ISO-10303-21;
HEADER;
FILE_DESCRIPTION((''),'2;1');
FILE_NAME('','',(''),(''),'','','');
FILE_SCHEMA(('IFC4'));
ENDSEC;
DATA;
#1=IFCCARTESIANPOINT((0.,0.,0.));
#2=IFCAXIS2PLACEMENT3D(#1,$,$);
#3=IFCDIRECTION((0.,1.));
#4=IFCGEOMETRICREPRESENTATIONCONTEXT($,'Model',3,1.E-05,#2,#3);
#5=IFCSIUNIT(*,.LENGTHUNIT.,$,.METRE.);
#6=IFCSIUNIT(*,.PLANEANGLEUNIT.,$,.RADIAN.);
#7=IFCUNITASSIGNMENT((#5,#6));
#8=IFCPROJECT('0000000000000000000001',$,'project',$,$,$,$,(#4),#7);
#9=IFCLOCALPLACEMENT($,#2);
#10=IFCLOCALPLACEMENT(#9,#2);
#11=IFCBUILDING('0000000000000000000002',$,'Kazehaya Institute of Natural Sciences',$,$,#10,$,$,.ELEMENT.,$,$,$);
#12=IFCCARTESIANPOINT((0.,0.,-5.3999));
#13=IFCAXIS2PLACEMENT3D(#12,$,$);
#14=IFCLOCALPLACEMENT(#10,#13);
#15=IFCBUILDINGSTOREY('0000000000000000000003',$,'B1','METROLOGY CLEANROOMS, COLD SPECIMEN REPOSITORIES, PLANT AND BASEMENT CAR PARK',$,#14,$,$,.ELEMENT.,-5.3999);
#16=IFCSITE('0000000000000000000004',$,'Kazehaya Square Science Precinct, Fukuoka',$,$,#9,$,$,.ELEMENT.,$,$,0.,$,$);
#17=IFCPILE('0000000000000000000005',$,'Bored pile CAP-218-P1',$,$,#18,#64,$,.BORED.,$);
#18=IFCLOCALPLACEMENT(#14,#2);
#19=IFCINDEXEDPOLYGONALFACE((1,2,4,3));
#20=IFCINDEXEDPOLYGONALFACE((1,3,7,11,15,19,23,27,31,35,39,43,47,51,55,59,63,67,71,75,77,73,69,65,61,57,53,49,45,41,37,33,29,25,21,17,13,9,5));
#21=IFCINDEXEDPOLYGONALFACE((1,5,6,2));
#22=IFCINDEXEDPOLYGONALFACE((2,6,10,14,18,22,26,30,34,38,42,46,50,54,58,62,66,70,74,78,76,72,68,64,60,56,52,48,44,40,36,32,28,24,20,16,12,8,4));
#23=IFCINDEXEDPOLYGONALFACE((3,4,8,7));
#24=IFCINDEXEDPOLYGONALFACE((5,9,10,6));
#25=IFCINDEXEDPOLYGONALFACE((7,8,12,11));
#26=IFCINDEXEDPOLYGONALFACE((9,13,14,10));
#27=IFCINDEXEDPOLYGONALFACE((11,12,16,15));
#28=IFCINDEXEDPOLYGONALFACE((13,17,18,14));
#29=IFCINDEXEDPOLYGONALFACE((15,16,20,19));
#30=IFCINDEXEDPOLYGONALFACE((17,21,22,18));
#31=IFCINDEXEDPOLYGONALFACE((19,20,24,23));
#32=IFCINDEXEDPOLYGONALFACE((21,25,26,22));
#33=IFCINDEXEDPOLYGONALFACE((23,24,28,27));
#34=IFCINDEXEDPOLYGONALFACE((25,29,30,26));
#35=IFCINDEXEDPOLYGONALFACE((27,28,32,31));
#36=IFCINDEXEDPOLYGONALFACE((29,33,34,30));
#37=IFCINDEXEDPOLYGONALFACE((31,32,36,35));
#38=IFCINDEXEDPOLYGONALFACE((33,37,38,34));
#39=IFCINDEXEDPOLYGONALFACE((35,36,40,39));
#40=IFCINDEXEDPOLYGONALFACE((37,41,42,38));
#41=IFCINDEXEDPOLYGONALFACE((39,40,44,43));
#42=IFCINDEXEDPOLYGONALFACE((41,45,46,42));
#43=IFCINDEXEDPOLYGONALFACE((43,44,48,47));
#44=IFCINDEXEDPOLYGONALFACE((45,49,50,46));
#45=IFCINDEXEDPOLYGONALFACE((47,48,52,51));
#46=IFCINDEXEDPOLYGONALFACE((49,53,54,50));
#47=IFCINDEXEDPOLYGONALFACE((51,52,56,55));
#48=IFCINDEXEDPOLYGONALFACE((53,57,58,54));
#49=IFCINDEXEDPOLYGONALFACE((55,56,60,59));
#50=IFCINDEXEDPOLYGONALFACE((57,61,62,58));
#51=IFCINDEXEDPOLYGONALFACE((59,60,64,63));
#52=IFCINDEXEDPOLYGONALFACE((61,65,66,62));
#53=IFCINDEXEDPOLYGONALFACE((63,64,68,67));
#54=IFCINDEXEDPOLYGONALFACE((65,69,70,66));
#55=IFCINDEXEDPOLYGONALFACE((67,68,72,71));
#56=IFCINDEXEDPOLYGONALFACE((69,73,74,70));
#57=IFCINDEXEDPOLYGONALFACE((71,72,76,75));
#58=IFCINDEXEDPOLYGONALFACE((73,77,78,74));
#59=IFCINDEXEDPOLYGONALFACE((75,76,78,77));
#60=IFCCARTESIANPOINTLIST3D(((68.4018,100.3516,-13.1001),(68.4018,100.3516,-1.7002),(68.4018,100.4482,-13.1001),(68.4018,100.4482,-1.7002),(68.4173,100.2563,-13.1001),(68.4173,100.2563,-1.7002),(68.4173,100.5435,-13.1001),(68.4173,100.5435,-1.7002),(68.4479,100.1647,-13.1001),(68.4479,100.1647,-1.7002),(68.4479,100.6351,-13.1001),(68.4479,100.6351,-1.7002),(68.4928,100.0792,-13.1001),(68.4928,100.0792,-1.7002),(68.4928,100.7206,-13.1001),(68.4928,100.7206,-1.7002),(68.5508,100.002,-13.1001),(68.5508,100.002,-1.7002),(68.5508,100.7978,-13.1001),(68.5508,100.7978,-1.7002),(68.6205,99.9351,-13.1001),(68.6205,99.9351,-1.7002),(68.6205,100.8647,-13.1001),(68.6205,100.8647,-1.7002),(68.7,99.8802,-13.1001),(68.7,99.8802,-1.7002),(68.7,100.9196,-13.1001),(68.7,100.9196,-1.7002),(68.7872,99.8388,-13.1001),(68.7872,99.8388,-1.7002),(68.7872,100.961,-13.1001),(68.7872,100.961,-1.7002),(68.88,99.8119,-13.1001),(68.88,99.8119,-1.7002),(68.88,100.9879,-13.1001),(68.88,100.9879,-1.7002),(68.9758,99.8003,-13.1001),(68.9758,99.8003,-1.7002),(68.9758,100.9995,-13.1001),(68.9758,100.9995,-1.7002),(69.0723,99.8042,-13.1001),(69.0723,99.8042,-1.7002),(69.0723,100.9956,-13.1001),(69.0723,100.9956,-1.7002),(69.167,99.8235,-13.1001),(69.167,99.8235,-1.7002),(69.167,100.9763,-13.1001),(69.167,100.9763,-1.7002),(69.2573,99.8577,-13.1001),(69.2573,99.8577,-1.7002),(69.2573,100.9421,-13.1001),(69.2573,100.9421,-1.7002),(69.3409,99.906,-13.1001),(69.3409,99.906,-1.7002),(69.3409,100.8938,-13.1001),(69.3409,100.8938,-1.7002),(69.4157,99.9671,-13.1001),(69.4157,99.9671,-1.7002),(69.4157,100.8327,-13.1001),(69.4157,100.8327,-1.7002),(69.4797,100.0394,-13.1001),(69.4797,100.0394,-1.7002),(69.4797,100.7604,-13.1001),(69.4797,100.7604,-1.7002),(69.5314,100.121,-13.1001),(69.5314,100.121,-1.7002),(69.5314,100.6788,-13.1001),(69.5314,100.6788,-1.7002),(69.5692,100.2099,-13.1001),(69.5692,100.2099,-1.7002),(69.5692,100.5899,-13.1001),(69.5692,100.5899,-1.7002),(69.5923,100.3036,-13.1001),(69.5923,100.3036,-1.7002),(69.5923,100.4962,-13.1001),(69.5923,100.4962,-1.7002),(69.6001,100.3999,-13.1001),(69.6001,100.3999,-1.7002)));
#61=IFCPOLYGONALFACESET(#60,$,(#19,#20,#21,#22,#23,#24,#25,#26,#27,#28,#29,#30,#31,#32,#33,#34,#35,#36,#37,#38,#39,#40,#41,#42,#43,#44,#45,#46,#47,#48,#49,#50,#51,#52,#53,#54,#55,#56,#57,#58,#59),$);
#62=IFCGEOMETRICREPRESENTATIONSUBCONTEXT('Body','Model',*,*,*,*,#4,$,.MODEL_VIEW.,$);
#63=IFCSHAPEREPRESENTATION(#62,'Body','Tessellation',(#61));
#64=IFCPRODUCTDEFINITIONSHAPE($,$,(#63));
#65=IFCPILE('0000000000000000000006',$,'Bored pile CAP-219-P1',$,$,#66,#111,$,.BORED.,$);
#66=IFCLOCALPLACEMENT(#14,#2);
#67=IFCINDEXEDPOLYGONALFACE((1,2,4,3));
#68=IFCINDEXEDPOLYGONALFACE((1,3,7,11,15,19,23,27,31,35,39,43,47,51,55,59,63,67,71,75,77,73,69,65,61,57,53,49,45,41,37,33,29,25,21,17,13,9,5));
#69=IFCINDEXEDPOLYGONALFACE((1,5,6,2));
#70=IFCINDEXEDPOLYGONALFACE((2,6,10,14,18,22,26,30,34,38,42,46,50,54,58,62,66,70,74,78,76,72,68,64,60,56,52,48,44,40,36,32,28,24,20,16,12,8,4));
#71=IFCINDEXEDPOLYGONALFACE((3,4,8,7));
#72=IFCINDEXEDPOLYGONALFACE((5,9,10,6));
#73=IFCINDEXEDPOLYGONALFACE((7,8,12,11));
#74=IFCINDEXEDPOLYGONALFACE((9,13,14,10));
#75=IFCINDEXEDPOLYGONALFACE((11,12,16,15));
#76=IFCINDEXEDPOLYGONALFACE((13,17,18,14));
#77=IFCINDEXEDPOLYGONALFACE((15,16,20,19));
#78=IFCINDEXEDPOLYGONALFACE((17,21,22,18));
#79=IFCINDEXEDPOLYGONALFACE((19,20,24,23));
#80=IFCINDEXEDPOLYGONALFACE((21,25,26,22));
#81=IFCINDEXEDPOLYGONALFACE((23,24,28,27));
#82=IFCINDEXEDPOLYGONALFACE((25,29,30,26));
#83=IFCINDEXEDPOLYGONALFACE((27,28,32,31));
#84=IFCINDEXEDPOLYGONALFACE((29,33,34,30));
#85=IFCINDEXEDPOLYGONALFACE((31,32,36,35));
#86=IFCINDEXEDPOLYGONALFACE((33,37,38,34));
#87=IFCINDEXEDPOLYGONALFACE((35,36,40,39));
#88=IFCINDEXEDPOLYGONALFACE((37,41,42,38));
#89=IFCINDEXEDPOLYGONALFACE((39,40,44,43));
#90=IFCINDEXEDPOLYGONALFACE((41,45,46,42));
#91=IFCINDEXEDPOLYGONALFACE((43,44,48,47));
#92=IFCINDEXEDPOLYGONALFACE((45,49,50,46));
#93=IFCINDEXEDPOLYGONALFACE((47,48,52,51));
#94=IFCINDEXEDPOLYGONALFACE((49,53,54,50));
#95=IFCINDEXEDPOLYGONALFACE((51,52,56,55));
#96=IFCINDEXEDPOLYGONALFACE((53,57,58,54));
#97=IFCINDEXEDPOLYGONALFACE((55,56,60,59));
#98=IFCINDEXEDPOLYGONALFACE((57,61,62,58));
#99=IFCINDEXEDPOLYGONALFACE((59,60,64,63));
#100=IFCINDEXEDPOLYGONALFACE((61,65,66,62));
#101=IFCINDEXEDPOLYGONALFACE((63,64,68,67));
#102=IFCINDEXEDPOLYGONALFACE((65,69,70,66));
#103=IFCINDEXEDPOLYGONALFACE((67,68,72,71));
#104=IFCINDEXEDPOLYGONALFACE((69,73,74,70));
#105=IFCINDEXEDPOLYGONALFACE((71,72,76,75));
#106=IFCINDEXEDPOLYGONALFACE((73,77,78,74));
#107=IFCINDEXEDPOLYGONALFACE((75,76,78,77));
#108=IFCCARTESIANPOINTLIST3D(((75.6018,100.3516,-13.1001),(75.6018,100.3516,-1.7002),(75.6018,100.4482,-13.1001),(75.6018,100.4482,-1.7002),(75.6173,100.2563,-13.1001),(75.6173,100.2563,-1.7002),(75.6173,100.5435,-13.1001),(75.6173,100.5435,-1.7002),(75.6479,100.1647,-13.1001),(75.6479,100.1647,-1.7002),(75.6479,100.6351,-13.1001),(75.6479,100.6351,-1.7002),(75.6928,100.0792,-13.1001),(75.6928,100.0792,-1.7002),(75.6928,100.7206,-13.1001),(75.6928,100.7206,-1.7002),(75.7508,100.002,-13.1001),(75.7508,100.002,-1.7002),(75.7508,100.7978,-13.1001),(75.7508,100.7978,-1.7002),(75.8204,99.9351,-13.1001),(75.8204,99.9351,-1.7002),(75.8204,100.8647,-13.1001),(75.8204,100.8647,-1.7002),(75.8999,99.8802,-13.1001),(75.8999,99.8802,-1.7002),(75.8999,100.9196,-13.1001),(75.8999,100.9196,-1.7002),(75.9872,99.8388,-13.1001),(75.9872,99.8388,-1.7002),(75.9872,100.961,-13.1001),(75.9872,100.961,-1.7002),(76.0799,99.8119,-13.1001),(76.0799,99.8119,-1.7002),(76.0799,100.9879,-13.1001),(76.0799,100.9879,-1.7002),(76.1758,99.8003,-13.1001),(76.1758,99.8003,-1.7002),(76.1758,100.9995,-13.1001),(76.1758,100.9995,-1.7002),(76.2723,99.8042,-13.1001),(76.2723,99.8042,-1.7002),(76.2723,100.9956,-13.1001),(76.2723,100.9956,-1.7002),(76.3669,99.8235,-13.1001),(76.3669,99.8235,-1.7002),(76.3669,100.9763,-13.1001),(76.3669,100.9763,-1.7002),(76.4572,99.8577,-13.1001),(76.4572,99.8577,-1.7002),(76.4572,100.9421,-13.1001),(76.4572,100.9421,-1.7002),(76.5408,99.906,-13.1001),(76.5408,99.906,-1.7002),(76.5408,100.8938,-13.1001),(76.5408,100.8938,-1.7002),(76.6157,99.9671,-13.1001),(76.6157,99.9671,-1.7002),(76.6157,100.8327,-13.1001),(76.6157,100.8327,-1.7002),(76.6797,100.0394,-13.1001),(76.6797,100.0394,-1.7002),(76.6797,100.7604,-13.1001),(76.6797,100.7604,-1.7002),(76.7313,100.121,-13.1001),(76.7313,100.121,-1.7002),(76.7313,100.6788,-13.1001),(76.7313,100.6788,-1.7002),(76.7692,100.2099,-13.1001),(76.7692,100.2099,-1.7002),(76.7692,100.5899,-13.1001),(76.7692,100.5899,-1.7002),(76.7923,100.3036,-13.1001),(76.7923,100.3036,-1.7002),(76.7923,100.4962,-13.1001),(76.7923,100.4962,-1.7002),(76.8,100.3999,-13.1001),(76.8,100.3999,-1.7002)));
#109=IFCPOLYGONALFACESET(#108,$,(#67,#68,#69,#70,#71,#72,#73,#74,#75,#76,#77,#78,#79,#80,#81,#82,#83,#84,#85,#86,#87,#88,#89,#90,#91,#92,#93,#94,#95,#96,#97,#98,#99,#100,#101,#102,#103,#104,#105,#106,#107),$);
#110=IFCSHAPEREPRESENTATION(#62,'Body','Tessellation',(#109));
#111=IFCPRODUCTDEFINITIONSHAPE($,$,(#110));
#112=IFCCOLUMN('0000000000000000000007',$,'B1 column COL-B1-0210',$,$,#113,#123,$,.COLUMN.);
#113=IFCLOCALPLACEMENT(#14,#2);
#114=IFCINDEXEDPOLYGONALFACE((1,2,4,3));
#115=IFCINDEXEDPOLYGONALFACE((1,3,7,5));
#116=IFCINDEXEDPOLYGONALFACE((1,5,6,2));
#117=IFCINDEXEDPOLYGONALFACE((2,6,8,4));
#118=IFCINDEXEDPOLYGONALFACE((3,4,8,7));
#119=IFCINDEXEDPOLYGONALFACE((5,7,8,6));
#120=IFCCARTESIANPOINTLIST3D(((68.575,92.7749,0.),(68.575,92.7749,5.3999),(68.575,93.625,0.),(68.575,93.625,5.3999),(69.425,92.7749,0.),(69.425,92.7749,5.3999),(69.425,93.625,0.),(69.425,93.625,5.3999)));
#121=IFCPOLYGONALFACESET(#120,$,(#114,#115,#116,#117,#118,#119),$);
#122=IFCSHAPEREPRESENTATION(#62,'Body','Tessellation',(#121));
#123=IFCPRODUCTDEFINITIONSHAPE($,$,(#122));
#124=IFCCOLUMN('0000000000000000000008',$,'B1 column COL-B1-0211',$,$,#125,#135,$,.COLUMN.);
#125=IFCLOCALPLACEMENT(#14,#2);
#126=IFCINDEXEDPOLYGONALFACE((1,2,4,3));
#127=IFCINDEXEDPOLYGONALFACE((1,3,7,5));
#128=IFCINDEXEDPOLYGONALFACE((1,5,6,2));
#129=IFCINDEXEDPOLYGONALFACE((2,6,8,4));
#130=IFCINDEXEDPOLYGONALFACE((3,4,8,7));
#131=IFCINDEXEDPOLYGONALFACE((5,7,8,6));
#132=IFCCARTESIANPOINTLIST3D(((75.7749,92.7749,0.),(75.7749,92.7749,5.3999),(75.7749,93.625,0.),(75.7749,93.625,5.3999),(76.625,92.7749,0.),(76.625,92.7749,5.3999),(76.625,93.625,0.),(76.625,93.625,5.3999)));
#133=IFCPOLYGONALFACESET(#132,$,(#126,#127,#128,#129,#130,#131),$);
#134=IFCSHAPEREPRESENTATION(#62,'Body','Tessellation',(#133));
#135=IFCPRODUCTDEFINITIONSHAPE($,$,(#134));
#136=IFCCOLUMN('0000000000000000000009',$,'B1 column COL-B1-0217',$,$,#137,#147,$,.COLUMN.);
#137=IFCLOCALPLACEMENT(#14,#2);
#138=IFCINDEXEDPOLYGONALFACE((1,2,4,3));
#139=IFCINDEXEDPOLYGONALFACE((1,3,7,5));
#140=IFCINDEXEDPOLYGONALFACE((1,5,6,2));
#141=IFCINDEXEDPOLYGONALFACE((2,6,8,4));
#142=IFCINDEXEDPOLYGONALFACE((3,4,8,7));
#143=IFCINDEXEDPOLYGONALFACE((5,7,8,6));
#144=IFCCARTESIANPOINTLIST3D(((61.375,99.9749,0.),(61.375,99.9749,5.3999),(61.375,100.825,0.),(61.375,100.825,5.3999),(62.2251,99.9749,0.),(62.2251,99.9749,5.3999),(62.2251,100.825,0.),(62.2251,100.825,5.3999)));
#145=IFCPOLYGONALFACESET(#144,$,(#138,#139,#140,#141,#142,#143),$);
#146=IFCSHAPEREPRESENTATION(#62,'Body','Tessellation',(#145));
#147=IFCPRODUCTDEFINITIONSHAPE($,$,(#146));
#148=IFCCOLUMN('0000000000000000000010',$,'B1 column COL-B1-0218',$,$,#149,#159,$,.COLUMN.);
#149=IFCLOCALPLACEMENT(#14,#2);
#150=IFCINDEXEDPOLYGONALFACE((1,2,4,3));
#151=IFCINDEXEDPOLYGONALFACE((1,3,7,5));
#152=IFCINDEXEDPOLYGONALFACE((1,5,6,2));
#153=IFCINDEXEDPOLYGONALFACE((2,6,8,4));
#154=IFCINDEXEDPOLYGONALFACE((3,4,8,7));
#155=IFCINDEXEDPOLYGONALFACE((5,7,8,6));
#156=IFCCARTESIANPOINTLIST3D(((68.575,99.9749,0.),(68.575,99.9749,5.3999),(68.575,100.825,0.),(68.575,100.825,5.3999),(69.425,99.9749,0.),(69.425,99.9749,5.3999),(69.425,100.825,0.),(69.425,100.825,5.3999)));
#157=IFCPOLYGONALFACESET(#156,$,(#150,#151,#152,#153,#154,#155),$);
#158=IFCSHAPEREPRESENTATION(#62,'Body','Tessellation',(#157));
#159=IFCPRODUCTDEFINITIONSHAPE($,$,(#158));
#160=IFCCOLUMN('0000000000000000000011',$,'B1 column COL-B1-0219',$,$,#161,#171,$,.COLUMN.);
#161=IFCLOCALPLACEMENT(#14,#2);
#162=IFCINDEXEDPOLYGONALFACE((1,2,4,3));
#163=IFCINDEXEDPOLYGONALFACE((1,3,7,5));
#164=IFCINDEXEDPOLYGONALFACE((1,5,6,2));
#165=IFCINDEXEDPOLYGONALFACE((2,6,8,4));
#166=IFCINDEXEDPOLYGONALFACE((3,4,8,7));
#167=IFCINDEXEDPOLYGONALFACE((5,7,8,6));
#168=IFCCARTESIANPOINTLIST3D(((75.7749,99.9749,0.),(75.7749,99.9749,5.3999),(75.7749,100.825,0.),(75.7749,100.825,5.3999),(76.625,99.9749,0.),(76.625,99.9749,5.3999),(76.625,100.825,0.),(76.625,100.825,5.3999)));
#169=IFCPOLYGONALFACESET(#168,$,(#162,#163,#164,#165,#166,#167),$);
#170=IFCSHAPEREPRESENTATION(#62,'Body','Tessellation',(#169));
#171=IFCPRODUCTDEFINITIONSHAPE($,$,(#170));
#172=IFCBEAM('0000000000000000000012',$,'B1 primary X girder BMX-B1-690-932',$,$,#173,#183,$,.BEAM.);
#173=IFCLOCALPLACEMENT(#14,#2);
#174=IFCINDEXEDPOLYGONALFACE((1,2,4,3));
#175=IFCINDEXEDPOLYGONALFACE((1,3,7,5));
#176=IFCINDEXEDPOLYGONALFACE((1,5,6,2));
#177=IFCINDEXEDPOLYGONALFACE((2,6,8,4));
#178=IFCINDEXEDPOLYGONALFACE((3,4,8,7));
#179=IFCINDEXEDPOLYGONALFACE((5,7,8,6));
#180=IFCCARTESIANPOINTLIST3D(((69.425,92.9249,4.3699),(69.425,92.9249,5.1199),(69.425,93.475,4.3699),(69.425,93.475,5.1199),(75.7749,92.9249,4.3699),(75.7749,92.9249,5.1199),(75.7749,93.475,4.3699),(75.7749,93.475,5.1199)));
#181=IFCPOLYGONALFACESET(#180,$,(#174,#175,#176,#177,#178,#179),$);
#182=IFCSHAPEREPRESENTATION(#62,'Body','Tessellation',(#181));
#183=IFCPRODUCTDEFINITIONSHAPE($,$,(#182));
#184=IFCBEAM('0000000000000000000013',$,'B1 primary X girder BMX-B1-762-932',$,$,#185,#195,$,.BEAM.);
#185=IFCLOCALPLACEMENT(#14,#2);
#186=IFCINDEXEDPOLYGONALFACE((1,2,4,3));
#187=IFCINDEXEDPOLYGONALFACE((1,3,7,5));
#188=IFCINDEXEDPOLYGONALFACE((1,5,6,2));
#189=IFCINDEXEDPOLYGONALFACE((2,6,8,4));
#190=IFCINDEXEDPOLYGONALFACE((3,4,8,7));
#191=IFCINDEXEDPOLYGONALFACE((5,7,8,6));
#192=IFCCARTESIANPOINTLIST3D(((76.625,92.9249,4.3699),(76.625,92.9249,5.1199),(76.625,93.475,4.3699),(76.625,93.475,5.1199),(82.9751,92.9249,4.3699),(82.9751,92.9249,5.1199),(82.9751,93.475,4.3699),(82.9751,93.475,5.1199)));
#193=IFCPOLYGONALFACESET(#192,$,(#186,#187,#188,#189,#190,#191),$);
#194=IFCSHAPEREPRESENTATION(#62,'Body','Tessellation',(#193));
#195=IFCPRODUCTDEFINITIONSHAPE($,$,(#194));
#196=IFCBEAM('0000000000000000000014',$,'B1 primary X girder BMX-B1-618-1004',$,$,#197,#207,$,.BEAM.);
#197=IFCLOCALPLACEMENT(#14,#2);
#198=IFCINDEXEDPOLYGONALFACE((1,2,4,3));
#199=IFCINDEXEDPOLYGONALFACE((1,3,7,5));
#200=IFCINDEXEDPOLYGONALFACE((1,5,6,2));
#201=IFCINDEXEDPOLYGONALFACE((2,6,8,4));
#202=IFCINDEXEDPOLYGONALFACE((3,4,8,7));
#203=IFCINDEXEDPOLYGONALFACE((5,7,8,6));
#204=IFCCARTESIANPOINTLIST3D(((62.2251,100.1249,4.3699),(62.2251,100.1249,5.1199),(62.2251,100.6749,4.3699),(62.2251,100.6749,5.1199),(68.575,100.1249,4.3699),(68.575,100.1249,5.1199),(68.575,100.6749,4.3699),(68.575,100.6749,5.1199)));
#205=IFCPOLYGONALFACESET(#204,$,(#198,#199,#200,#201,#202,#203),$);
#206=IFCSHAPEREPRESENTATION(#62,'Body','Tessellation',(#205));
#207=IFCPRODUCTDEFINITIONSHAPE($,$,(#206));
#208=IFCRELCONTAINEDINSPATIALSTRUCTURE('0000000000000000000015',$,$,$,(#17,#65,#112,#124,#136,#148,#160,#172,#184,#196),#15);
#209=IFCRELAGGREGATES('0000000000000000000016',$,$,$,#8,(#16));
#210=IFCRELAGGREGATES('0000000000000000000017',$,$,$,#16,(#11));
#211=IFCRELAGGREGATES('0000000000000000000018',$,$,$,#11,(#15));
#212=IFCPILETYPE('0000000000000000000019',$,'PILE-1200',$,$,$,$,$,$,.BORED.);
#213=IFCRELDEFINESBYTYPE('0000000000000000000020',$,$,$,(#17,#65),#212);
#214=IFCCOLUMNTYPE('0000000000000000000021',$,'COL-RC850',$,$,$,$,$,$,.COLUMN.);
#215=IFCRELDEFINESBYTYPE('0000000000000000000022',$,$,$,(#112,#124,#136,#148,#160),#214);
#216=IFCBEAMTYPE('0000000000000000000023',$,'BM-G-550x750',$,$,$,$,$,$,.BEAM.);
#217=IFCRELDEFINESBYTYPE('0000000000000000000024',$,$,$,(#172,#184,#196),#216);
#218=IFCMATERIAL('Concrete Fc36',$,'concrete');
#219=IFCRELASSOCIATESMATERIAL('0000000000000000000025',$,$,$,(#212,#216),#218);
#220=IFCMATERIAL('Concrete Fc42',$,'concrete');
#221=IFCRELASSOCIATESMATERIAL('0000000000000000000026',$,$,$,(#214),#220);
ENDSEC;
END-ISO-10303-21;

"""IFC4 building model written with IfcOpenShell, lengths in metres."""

from ifc_helpers import new_model, si_unit, direction, frame, origin, origin_2d, place, context, subcontext, project, spatial, rectangle, circle, extrude, material, material_profile, profile_set, type_object, element, save


model = new_model("IFC4")

# Units and contexts
model_context = context("Model", 3, precision=1e-05, world=origin(), true_north=direction((0.0, 1.0)))
body_context = subcontext(model_context, "Body", "Model", "MODEL_VIEW")
ifc_project = project(units=[si_unit("LENGTHUNIT", "METRE"), si_unit("PLANEANGLEUNIT", "RADIAN")], contexts=[model_context])

# Site, building, storey
site_placement = place(None, origin())
site = spatial("IfcSite", under=ifc_project, at=site_placement, Name="Kazehaya Square Science Precinct, Fukuoka", CompositionType="ELEMENT", RefElevation=0.0)
building_placement = place(site_placement, origin())
building = spatial("IfcBuilding", under=site, at=building_placement, Name="Kazehaya Institute of Natural Sciences", CompositionType="ELEMENT")
storey_placement = place(building_placement, frame((0.0, 0.0, -5.3999)))
storey = spatial("IfcBuildingStorey", under=building, at=storey_placement, Name="B1", Description="METROLOGY CLEANROOMS, COLD SPECIMEN REPOSITORIES, PLANT AND BASEMENT CAR PARK", CompositionType="ELEMENT", Elevation=-5.3999)

# Shared definitions
ifc_material_1 = material(Name="Concrete Fc36", Category="concrete")

# Piles
ifc_material_profile_1 = material_profile(ifc_material_1, circle(Radius=0.6001, at=origin_2d()), Name="PILE-1200")
ifc_profile_set_1 = profile_set([ifc_material_profile_1], Name="Concrete Fc36")
pile_type = type_object("IfcPileType", Name="PILE-1200", PredefinedType="BORED", material=ifc_profile_set_1)
for number, where, z_axis, x_axis, name in (
    (1, (69.0, 100.3999, -1.7002), (0.0, 0.0, -1.0), (1.0, 0.0, 0.0), "Bored pile CAP-218-P1"),
    (2, (76.2, 100.3999, -1.7002), (0.0, 0.0, -1.0), (1.0, 0.0, 0.0), "Bored pile CAP-219-P1"),
):
    element("IfcPile", number, at=place(storey_placement, frame(where, z_axis=z_axis, x_axis=x_axis)), inside=storey, type_object=pile_type, Name=name, PredefinedType="BORED", context=body_context, shape_type="SweptSolid", body=[
        extrude(circle(Radius=0.6001, at=origin_2d()), origin(), (0.0, 0.0, 1.0), 11.3999),
    ])

# Columns
ifc_material_2 = material(Name="Concrete Fc42", Category="concrete")
ifc_material_profile_2 = material_profile(ifc_material_2, rectangle(XDim=0.8501, YDim=0.8501, at=origin_2d()), Name="RC-850x850")
ifc_profile_set_2 = profile_set([ifc_material_profile_2], Name="Concrete Fc42")
column_type = type_object("IfcColumnType", Name="COL-RC850", PredefinedType="COLUMN", material=ifc_profile_set_2)
for number, where, z_axis, x_axis, name in (
    (3, (69.0, 93.2, 0.0), (0.0, 0.0, 1.0), (1.0, 0.0, 0.0), "B1 column COL-B1-0210"),
    (4, (76.2, 93.2, 0.0), (0.0, 0.0, 1.0), (1.0, 0.0, 0.0), "B1 column COL-B1-0211"),
    (5, (61.8, 100.3999, 0.0), (0.0, 0.0, 1.0), (1.0, 0.0, 0.0), "B1 column COL-B1-0217"),
    (6, (69.0, 100.3999, 0.0), (0.0, 0.0, 1.0), (1.0, 0.0, 0.0), "B1 column COL-B1-0218"),
    (7, (76.2, 100.3999, 0.0), (0.0, 0.0, 1.0), (1.0, 0.0, 0.0), "B1 column COL-B1-0219"),
):
    element("IfcColumn", number, at=place(storey_placement, frame(where, z_axis=z_axis, x_axis=x_axis)), inside=storey, type_object=column_type, Name=name, PredefinedType="COLUMN", context=body_context, shape_type="SweptSolid", body=[
        extrude(rectangle(XDim=0.8501, YDim=0.8501, at=origin_2d()), origin(), (0.0, 0.0, 1.0), 5.3999),
    ])

# Beams
ifc_material_profile_3 = material_profile(ifc_material_1, rectangle(XDim=0.55, YDim=0.75, at=origin_2d()), Name="RC-550x750")
ifc_profile_set_3 = profile_set([ifc_material_profile_3], Name="Concrete Fc36")
beam_type = type_object("IfcBeamType", Name="BM-G-550x750", PredefinedType="BEAM", material=ifc_profile_set_3)
beam_1_placement = place(storey_placement, frame((69.425, 93.2, 4.7449), z_axis=(1.0, 0.0, 0.0), x_axis=(0.0, 1.0, 0.0)))
element("IfcBeam", 8, at=beam_1_placement, inside=storey, type_object=beam_type, Name="B1 primary X girder BMX-B1-690-932", PredefinedType="BEAM", context=body_context, shape_type="SweptSolid", body=[
    extrude(rectangle(XDim=0.55, YDim=0.75, at=origin_2d()), origin(), (0.0, 0.0, 1.0), 6.3499),
])
beam_2_placement = place(storey_placement, frame((76.625, 93.2, 4.7449), z_axis=(1.0, 0.0, 0.0), x_axis=(0.0, 1.0, 0.0)))
element("IfcBeam", 9, at=beam_2_placement, inside=storey, type_object=beam_type, Name="B1 primary X girder BMX-B1-762-932", PredefinedType="BEAM", context=body_context, shape_type="SweptSolid", body=[
    extrude(rectangle(XDim=0.55, YDim=0.75, at=origin_2d()), origin(), (0.0, 0.0, 1.0), 6.3501),
])
for number, where, z_axis, x_axis, name in (
    (10, (62.2251, 100.3999, 4.7449), (1.0, 0.0, 0.0), (0.0, 1.0, 0.0), "B1 primary X girder BMX-B1-618-1004"),
):
    element("IfcBeam", number, at=place(storey_placement, frame(where, z_axis=z_axis, x_axis=x_axis)), inside=storey, type_object=beam_type, Name=name, PredefinedType="BEAM", context=body_context, shape_type="SweptSolid", body=[
        extrude(rectangle(XDim=0.55, YDim=0.75, at=origin_2d()), origin(), (0.0, 0.0, 1.0), 6.3499),
    ])

save(model, "model.ifc")
